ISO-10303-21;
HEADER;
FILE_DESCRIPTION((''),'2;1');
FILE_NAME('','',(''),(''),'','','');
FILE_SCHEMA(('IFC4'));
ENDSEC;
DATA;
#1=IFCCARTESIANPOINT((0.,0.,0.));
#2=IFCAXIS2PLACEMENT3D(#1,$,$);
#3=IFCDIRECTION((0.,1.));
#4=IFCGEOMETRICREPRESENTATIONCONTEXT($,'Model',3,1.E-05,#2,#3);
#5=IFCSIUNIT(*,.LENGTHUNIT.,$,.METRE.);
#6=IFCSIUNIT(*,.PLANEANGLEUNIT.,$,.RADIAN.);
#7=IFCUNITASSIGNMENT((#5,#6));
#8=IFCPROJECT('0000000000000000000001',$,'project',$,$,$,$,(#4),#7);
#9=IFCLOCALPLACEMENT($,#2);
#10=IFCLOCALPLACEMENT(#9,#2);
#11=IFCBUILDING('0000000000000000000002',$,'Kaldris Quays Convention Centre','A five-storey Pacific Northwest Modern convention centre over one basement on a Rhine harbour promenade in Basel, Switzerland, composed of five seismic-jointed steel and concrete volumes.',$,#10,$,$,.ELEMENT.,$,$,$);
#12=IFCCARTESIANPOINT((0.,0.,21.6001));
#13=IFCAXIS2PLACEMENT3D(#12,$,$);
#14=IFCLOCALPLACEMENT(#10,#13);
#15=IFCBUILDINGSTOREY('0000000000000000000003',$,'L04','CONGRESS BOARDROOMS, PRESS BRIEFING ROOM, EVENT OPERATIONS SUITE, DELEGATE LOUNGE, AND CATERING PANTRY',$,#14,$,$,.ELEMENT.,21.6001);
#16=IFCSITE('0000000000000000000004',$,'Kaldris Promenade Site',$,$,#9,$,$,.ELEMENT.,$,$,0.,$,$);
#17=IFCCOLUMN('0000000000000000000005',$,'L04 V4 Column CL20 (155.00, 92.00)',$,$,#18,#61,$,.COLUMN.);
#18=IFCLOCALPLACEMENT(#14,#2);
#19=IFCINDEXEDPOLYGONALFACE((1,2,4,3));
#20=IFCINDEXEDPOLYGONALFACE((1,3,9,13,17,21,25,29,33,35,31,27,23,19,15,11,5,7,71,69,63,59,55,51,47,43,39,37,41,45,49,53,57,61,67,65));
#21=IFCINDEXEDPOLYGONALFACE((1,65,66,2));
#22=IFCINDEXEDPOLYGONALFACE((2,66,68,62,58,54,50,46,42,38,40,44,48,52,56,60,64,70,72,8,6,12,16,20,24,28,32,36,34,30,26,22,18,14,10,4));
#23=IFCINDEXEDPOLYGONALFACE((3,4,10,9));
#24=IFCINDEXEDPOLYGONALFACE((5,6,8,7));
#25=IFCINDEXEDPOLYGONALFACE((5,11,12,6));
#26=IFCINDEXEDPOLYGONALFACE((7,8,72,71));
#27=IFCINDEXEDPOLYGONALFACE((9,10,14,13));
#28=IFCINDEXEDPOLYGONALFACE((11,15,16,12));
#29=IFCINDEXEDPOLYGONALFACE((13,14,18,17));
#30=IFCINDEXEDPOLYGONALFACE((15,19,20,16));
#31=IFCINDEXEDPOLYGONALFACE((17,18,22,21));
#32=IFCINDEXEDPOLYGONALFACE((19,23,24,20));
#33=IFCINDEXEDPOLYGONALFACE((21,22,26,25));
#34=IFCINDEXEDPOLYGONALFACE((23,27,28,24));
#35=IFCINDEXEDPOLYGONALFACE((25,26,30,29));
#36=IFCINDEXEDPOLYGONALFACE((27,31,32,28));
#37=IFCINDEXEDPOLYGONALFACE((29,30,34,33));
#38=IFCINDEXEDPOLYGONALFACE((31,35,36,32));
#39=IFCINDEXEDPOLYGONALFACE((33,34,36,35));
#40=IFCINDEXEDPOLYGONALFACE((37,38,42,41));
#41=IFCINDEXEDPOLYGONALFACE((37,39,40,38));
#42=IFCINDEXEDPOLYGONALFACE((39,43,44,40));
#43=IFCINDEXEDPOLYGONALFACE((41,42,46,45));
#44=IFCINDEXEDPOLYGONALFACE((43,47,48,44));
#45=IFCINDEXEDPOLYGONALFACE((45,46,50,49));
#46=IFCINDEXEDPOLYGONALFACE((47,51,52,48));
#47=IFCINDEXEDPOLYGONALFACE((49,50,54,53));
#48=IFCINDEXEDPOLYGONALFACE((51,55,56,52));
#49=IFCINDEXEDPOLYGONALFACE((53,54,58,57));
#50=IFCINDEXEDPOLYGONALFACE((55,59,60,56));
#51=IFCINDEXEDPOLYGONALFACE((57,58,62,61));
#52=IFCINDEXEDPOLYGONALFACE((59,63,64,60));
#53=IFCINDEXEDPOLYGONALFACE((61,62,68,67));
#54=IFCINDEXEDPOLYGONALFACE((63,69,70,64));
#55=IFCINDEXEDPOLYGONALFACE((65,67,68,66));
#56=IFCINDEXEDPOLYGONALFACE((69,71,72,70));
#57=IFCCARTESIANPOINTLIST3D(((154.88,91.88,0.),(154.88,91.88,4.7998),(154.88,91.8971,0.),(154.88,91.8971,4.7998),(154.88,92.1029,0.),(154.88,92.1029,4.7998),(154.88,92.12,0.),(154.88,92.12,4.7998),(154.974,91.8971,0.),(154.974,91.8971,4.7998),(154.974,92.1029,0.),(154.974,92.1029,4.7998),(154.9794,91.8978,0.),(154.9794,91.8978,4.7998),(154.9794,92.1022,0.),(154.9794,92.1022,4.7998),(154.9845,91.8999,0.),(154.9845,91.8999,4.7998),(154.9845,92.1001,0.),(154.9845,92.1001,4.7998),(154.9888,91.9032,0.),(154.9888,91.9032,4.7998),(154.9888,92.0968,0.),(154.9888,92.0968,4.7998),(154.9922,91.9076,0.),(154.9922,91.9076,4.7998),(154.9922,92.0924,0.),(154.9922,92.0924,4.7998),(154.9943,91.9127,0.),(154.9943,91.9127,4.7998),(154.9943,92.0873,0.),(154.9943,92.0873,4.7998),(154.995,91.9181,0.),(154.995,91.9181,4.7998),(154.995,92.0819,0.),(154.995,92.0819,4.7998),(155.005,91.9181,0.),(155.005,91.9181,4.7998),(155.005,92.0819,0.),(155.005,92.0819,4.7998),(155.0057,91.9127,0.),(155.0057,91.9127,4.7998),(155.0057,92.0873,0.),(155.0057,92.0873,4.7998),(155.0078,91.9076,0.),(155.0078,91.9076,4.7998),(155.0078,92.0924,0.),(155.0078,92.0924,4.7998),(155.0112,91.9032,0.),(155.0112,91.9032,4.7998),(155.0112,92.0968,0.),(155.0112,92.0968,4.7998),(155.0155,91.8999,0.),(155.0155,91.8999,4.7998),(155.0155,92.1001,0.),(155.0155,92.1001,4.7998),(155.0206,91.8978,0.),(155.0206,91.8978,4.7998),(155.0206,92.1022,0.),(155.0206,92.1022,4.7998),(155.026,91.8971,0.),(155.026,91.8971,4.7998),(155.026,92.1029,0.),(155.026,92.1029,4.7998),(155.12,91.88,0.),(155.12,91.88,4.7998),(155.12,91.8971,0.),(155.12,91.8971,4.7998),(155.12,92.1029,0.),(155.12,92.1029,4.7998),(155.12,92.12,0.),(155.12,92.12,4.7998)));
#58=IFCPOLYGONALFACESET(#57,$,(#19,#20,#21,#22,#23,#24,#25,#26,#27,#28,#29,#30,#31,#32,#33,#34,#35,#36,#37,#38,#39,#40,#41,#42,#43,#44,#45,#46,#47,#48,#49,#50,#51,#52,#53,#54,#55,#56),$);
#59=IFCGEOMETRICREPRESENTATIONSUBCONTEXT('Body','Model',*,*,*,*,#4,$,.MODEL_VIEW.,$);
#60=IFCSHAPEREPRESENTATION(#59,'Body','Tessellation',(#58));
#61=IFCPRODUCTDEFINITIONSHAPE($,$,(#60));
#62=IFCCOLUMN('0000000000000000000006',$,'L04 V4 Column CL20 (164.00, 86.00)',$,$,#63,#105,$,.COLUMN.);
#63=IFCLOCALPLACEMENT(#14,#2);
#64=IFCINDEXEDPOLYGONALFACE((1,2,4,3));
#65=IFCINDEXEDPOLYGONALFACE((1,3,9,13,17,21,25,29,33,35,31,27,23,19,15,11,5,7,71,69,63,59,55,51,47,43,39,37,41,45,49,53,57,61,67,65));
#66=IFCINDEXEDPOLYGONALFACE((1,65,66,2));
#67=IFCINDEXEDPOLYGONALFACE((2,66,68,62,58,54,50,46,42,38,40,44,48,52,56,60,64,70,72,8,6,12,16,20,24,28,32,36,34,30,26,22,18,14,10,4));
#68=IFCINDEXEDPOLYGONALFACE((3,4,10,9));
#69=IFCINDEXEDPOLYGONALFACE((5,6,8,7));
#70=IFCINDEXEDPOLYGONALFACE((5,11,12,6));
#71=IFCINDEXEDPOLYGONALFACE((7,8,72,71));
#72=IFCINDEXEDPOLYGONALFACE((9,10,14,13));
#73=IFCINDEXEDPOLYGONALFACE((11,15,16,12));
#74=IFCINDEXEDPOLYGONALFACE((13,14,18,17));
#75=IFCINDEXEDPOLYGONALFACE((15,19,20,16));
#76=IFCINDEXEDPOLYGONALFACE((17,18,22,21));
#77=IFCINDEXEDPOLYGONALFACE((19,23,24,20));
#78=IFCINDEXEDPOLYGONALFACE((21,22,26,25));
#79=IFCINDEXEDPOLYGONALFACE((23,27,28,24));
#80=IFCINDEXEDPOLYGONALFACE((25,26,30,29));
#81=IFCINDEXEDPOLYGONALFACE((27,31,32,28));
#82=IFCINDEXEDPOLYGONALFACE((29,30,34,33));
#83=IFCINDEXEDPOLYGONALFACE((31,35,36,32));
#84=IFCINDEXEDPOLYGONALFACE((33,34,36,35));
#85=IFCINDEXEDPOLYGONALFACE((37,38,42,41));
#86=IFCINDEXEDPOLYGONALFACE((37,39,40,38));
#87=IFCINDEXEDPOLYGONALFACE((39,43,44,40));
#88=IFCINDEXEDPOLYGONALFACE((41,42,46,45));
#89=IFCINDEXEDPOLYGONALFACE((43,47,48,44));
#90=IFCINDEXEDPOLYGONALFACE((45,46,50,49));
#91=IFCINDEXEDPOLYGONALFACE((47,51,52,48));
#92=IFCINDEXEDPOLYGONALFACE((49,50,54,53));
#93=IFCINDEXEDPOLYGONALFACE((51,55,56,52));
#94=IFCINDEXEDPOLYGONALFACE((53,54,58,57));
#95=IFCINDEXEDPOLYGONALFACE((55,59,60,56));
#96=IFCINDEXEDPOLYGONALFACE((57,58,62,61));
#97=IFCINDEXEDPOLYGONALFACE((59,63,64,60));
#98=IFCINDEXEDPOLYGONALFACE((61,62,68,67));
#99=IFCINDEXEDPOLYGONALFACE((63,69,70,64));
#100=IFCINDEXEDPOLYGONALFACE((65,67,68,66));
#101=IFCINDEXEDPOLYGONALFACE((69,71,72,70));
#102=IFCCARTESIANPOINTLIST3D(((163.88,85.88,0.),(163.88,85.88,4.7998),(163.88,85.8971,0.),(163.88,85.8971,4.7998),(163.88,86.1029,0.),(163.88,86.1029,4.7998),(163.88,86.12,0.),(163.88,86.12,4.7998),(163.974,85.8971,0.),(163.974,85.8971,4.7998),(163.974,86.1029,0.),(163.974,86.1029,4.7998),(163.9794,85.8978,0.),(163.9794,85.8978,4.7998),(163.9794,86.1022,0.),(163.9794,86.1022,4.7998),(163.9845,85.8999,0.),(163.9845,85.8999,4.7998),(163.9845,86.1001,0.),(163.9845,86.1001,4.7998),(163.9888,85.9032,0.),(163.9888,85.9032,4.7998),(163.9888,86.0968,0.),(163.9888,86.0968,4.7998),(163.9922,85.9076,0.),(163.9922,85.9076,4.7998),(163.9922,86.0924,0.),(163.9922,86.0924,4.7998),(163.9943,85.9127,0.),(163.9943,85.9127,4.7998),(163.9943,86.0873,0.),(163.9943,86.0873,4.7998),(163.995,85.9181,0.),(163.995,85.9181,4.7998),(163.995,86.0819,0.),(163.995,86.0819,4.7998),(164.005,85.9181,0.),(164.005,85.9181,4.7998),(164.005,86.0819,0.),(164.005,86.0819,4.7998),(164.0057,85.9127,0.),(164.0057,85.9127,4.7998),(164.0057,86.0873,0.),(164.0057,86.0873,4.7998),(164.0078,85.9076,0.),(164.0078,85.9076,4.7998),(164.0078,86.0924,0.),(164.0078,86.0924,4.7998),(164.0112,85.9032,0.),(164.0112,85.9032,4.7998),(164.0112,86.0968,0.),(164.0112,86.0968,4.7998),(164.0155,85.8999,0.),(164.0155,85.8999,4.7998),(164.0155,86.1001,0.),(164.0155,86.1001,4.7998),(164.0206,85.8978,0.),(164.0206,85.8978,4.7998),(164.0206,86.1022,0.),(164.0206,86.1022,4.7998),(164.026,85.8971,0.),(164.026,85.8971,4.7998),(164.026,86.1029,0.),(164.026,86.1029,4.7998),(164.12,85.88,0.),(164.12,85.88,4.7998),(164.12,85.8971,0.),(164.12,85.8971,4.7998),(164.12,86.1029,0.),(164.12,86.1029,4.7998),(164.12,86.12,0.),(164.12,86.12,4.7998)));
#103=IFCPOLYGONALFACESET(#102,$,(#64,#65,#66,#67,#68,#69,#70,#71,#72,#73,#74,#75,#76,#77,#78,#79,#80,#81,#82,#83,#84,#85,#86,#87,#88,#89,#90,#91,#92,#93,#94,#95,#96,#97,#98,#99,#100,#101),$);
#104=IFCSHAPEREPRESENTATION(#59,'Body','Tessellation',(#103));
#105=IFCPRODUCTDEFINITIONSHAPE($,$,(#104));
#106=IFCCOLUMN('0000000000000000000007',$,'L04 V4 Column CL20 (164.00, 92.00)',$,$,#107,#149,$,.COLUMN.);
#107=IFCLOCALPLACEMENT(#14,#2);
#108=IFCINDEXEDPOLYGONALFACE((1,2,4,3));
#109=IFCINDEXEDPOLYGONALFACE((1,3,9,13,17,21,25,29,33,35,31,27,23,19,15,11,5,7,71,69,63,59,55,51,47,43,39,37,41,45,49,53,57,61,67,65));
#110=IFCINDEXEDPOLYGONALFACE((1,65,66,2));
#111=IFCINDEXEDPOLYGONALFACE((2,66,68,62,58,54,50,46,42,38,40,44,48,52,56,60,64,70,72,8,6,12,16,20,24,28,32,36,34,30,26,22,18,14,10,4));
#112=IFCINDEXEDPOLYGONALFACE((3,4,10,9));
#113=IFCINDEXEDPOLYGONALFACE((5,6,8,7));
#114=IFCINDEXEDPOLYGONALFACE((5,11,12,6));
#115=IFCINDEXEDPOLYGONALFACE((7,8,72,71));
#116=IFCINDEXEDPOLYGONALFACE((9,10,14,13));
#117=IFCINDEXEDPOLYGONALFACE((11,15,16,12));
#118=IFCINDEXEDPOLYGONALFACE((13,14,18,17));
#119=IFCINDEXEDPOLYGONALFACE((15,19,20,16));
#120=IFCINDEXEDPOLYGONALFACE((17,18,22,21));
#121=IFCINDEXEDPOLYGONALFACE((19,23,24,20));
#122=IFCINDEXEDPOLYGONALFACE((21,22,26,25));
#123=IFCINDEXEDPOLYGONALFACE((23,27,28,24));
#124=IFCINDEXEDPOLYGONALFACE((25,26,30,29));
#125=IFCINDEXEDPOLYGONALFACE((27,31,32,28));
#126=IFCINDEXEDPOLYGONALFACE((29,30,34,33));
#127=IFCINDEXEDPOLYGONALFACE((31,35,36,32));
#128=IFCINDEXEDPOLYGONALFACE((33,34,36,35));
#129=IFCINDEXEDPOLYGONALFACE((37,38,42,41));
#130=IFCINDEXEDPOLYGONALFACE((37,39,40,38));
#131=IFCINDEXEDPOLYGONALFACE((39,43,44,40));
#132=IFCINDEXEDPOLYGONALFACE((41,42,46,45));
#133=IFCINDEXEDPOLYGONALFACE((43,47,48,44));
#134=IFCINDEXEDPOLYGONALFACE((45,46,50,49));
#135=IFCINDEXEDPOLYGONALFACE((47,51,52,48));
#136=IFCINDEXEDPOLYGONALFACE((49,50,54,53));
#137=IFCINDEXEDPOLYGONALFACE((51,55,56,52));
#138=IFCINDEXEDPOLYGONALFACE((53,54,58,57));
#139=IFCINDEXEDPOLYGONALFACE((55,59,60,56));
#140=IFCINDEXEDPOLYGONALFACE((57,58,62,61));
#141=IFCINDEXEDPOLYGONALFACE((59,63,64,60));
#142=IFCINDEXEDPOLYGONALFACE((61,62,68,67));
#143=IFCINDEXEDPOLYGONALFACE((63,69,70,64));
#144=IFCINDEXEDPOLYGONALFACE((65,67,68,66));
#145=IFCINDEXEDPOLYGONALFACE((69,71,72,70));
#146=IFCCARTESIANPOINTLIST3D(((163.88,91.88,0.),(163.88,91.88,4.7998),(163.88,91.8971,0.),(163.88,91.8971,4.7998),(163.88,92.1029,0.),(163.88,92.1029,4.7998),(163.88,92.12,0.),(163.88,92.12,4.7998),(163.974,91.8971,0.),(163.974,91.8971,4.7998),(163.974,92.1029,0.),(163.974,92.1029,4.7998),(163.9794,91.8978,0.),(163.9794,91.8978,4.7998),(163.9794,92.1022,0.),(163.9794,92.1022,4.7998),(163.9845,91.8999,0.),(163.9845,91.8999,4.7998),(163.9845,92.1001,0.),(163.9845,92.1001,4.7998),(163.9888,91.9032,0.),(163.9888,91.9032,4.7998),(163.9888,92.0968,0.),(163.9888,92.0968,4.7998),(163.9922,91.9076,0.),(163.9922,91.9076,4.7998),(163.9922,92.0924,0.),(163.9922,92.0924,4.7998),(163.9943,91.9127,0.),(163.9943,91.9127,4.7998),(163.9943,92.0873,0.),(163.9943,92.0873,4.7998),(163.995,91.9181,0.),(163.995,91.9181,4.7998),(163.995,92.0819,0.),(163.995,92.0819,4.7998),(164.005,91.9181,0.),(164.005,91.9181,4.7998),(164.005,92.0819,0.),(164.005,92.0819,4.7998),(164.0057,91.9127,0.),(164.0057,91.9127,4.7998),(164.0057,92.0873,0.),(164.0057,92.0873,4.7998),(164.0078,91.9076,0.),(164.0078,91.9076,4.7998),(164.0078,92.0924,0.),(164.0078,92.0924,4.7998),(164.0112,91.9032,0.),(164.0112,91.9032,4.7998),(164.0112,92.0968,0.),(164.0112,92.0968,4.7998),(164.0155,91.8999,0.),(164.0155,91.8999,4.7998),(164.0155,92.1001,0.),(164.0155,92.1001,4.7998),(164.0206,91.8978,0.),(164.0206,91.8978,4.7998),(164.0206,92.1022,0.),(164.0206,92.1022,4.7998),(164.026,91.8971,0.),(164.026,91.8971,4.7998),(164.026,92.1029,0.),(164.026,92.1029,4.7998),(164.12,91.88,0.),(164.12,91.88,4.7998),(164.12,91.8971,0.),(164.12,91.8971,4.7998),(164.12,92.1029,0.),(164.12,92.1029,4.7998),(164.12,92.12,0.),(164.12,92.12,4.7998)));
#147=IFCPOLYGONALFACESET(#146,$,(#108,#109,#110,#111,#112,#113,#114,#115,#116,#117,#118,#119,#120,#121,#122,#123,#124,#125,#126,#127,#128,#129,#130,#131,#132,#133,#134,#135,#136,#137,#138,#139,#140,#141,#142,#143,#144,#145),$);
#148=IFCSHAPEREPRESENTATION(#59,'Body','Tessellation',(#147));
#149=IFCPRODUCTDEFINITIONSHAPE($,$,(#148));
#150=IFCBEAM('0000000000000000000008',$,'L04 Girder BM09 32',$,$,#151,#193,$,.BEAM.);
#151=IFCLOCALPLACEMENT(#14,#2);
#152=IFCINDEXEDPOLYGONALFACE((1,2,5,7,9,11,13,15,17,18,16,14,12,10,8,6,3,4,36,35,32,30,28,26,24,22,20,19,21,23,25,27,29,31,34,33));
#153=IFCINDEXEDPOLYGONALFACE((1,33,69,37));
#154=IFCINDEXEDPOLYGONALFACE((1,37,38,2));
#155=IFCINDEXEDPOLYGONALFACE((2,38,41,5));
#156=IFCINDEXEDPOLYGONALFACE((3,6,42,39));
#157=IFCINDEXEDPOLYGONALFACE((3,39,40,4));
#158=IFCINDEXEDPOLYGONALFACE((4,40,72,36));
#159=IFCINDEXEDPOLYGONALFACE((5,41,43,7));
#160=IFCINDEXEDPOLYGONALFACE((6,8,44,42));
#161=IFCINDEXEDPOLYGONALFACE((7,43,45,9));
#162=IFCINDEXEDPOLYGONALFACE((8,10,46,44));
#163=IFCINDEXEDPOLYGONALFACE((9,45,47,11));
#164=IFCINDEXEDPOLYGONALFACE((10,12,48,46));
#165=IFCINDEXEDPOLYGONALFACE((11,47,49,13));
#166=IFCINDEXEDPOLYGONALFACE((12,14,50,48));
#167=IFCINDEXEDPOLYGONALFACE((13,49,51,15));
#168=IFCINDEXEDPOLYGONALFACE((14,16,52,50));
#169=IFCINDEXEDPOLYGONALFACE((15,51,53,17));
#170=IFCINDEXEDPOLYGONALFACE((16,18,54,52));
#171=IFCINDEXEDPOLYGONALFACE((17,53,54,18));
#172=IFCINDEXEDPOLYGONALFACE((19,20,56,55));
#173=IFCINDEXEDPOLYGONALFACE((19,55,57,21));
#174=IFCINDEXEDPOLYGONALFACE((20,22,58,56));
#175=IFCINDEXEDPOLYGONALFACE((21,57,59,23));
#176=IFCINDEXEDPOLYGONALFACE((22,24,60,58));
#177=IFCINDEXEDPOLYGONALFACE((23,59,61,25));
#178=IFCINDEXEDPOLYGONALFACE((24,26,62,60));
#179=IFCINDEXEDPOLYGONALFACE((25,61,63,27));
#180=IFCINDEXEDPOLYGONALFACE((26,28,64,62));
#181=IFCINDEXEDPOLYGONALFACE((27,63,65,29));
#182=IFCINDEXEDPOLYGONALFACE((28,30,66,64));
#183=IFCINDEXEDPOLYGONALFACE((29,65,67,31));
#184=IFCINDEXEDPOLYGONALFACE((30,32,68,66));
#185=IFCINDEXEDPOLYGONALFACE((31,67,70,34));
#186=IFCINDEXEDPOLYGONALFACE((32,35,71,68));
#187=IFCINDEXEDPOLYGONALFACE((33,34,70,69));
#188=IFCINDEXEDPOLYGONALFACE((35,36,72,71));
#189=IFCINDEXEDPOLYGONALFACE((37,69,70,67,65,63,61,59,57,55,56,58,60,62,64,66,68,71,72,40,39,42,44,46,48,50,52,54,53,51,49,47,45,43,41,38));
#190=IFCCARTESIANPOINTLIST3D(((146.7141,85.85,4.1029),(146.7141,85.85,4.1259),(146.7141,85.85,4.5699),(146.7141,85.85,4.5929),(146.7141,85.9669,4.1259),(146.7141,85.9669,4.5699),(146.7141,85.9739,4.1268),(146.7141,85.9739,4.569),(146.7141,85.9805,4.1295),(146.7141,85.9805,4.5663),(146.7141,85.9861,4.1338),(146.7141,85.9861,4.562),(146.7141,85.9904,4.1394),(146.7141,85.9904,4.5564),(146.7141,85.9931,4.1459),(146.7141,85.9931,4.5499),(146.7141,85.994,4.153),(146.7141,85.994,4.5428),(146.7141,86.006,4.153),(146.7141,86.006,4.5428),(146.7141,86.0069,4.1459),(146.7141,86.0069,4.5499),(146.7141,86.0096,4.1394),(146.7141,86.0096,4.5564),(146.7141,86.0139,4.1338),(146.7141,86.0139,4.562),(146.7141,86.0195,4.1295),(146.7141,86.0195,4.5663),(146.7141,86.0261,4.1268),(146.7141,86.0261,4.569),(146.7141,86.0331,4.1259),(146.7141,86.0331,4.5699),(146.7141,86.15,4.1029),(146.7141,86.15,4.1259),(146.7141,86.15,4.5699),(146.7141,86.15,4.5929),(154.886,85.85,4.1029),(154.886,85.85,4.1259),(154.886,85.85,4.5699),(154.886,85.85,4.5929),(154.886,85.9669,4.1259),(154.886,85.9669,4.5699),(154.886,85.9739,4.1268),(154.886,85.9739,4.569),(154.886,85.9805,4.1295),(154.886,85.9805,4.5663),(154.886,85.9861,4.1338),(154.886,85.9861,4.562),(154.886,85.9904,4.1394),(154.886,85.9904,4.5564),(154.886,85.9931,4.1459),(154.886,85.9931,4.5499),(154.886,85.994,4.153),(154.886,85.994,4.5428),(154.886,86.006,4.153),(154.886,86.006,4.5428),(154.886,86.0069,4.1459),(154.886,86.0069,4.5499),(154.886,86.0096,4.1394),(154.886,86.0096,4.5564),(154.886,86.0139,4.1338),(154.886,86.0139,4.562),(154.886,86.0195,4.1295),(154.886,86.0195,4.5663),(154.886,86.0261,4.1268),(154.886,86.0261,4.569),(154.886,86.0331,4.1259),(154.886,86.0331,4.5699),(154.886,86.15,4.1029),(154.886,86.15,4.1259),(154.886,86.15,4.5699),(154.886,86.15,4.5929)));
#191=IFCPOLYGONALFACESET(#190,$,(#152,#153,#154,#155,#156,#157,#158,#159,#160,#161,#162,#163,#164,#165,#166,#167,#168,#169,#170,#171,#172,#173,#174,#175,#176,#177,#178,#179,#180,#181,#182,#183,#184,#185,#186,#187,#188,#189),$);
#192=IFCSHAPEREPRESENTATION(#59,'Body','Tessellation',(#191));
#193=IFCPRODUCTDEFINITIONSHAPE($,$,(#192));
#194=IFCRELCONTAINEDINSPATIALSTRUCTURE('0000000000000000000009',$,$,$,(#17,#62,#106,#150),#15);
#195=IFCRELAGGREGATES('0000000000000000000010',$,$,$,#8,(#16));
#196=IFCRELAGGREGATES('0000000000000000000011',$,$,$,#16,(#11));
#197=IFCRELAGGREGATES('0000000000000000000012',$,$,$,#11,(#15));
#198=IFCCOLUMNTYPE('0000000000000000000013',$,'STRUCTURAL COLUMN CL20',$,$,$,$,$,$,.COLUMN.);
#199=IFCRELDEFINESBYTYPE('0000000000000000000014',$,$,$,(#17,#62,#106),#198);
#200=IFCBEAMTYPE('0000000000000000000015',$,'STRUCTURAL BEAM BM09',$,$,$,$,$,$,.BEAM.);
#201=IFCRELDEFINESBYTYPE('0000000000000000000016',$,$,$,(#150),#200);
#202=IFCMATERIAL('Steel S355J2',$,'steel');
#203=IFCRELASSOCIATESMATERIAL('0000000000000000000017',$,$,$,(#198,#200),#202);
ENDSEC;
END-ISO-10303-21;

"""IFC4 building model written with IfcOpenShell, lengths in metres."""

from ifc_helpers import new_model, si_unit, direction, frame, origin, origin_2d, place, context, subcontext, project, spatial, i_section, extrude, material, material_profile, profile_set, type_object, element, save


model = new_model("IFC4")

# Units and contexts
model_context = context("Model", 3, precision=1e-05, world=origin(), true_north=direction((0.0, 1.0)))
body_context = subcontext(model_context, "Body", "Model", "MODEL_VIEW")
ifc_project = project(units=[si_unit("LENGTHUNIT", "METRE"), si_unit("PLANEANGLEUNIT", "RADIAN")], contexts=[model_context])

# Site, building, storey
site_placement = place(None, origin())
site = spatial("IfcSite", under=ifc_project, at=site_placement, Name="Kaldris Promenade Site", CompositionType="ELEMENT", RefElevation=0.0)
building_placement = place(site_placement, origin())
building = spatial("IfcBuilding", under=site, at=building_placement, Name="Kaldris Quays Convention Centre", Description="A five-storey Pacific Northwest Modern convention centre over one basement on a Rhine harbour promenade in Basel, Switzerland, composed of five seismic-jointed steel and concrete volumes.", CompositionType="ELEMENT")
storey_placement = place(building_placement, frame((0.0, 0.0, 21.6001)))
storey = spatial("IfcBuildingStorey", under=building, at=storey_placement, Name="L04", Description="CONGRESS BOARDROOMS, PRESS BRIEFING ROOM, EVENT OPERATIONS SUITE, DELEGATE LOUNGE, AND CATERING PANTRY", CompositionType="ELEMENT", Elevation=21.6001)

# Columns
ifc_material_1 = material(Name="Steel S355J2", Category="steel")
ifc_material_profile_1 = material_profile(ifc_material_1, i_section(OverallWidth=0.24, OverallDepth=0.24, WebThickness=0.01, FlangeThickness=0.0171, FilletRadius=0.021, at=origin_2d()), Name="HEB 240")
ifc_profile_set_1 = profile_set([ifc_material_profile_1], Name="Steel S355J2")
column_type = type_object("IfcColumnType", Name="STRUCTURAL COLUMN CL20", PredefinedType="COLUMN", material=ifc_profile_set_1)
for number, where, z_axis, x_axis, name in (
    (1, (155.0, 92.0, 0.0), (0.0, 0.0, 1.0), (1.0, 0.0, 0.0), "L04 V4 Column CL20 (155.00, 92.00)"),
    (2, (164.0, 86.0, 0.0), (0.0, 0.0, 1.0), (1.0, 0.0, 0.0), "L04 V4 Column CL20 (164.00, 86.00)"),
    (3, (164.0, 92.0, 0.0), (0.0, 0.0, 1.0), (1.0, 0.0, 0.0), "L04 V4 Column CL20 (164.00, 92.00)"),
):
    element("IfcColumn", number, at=place(storey_placement, frame(where, z_axis=z_axis, x_axis=x_axis)), inside=storey, type_object=column_type, Name=name, PredefinedType="COLUMN", context=body_context, shape_type="SweptSolid", body=[
        extrude(i_section(OverallWidth=0.24, OverallDepth=0.24, WebThickness=0.01, FlangeThickness=0.0171, FilletRadius=0.021, at=origin_2d()), origin(), (0.0, 0.0, 1.0), 4.7998),
    ])

# Beam
ifc_material_profile_2 = material_profile(ifc_material_1, i_section(OverallWidth=0.3, OverallDepth=0.49, WebThickness=0.012, FlangeThickness=0.0229, FilletRadius=0.0271, at=origin_2d()), Name="HEA 500")
ifc_profile_set_2 = profile_set([ifc_material_profile_2], Name="Steel S355J2")
beam_type_1 = type_object("IfcBeamType", Name="STRUCTURAL BEAM BM09", PredefinedType="BEAM", material=ifc_profile_set_2)
beam_1_placement = place(storey_placement, frame((146.7141, 86.0, 4.3479), z_axis=(1.0, 0.0, 0.0), x_axis=(0.0, 1.0, 0.0)))
element("IfcBeam", 4, at=beam_1_placement, inside=storey, type_object=beam_type_1, Name="L04 Girder BM09 32", PredefinedType="BEAM", context=body_context, shape_type="SweptSolid", body=[
    extrude(i_section(OverallWidth=0.3, OverallDepth=0.49, WebThickness=0.012, FlangeThickness=0.0229, FilletRadius=0.0271, at=origin_2d()), origin(), (0.0, 0.0, 1.0), 8.1719),
])

save(model, "model.ifc")
